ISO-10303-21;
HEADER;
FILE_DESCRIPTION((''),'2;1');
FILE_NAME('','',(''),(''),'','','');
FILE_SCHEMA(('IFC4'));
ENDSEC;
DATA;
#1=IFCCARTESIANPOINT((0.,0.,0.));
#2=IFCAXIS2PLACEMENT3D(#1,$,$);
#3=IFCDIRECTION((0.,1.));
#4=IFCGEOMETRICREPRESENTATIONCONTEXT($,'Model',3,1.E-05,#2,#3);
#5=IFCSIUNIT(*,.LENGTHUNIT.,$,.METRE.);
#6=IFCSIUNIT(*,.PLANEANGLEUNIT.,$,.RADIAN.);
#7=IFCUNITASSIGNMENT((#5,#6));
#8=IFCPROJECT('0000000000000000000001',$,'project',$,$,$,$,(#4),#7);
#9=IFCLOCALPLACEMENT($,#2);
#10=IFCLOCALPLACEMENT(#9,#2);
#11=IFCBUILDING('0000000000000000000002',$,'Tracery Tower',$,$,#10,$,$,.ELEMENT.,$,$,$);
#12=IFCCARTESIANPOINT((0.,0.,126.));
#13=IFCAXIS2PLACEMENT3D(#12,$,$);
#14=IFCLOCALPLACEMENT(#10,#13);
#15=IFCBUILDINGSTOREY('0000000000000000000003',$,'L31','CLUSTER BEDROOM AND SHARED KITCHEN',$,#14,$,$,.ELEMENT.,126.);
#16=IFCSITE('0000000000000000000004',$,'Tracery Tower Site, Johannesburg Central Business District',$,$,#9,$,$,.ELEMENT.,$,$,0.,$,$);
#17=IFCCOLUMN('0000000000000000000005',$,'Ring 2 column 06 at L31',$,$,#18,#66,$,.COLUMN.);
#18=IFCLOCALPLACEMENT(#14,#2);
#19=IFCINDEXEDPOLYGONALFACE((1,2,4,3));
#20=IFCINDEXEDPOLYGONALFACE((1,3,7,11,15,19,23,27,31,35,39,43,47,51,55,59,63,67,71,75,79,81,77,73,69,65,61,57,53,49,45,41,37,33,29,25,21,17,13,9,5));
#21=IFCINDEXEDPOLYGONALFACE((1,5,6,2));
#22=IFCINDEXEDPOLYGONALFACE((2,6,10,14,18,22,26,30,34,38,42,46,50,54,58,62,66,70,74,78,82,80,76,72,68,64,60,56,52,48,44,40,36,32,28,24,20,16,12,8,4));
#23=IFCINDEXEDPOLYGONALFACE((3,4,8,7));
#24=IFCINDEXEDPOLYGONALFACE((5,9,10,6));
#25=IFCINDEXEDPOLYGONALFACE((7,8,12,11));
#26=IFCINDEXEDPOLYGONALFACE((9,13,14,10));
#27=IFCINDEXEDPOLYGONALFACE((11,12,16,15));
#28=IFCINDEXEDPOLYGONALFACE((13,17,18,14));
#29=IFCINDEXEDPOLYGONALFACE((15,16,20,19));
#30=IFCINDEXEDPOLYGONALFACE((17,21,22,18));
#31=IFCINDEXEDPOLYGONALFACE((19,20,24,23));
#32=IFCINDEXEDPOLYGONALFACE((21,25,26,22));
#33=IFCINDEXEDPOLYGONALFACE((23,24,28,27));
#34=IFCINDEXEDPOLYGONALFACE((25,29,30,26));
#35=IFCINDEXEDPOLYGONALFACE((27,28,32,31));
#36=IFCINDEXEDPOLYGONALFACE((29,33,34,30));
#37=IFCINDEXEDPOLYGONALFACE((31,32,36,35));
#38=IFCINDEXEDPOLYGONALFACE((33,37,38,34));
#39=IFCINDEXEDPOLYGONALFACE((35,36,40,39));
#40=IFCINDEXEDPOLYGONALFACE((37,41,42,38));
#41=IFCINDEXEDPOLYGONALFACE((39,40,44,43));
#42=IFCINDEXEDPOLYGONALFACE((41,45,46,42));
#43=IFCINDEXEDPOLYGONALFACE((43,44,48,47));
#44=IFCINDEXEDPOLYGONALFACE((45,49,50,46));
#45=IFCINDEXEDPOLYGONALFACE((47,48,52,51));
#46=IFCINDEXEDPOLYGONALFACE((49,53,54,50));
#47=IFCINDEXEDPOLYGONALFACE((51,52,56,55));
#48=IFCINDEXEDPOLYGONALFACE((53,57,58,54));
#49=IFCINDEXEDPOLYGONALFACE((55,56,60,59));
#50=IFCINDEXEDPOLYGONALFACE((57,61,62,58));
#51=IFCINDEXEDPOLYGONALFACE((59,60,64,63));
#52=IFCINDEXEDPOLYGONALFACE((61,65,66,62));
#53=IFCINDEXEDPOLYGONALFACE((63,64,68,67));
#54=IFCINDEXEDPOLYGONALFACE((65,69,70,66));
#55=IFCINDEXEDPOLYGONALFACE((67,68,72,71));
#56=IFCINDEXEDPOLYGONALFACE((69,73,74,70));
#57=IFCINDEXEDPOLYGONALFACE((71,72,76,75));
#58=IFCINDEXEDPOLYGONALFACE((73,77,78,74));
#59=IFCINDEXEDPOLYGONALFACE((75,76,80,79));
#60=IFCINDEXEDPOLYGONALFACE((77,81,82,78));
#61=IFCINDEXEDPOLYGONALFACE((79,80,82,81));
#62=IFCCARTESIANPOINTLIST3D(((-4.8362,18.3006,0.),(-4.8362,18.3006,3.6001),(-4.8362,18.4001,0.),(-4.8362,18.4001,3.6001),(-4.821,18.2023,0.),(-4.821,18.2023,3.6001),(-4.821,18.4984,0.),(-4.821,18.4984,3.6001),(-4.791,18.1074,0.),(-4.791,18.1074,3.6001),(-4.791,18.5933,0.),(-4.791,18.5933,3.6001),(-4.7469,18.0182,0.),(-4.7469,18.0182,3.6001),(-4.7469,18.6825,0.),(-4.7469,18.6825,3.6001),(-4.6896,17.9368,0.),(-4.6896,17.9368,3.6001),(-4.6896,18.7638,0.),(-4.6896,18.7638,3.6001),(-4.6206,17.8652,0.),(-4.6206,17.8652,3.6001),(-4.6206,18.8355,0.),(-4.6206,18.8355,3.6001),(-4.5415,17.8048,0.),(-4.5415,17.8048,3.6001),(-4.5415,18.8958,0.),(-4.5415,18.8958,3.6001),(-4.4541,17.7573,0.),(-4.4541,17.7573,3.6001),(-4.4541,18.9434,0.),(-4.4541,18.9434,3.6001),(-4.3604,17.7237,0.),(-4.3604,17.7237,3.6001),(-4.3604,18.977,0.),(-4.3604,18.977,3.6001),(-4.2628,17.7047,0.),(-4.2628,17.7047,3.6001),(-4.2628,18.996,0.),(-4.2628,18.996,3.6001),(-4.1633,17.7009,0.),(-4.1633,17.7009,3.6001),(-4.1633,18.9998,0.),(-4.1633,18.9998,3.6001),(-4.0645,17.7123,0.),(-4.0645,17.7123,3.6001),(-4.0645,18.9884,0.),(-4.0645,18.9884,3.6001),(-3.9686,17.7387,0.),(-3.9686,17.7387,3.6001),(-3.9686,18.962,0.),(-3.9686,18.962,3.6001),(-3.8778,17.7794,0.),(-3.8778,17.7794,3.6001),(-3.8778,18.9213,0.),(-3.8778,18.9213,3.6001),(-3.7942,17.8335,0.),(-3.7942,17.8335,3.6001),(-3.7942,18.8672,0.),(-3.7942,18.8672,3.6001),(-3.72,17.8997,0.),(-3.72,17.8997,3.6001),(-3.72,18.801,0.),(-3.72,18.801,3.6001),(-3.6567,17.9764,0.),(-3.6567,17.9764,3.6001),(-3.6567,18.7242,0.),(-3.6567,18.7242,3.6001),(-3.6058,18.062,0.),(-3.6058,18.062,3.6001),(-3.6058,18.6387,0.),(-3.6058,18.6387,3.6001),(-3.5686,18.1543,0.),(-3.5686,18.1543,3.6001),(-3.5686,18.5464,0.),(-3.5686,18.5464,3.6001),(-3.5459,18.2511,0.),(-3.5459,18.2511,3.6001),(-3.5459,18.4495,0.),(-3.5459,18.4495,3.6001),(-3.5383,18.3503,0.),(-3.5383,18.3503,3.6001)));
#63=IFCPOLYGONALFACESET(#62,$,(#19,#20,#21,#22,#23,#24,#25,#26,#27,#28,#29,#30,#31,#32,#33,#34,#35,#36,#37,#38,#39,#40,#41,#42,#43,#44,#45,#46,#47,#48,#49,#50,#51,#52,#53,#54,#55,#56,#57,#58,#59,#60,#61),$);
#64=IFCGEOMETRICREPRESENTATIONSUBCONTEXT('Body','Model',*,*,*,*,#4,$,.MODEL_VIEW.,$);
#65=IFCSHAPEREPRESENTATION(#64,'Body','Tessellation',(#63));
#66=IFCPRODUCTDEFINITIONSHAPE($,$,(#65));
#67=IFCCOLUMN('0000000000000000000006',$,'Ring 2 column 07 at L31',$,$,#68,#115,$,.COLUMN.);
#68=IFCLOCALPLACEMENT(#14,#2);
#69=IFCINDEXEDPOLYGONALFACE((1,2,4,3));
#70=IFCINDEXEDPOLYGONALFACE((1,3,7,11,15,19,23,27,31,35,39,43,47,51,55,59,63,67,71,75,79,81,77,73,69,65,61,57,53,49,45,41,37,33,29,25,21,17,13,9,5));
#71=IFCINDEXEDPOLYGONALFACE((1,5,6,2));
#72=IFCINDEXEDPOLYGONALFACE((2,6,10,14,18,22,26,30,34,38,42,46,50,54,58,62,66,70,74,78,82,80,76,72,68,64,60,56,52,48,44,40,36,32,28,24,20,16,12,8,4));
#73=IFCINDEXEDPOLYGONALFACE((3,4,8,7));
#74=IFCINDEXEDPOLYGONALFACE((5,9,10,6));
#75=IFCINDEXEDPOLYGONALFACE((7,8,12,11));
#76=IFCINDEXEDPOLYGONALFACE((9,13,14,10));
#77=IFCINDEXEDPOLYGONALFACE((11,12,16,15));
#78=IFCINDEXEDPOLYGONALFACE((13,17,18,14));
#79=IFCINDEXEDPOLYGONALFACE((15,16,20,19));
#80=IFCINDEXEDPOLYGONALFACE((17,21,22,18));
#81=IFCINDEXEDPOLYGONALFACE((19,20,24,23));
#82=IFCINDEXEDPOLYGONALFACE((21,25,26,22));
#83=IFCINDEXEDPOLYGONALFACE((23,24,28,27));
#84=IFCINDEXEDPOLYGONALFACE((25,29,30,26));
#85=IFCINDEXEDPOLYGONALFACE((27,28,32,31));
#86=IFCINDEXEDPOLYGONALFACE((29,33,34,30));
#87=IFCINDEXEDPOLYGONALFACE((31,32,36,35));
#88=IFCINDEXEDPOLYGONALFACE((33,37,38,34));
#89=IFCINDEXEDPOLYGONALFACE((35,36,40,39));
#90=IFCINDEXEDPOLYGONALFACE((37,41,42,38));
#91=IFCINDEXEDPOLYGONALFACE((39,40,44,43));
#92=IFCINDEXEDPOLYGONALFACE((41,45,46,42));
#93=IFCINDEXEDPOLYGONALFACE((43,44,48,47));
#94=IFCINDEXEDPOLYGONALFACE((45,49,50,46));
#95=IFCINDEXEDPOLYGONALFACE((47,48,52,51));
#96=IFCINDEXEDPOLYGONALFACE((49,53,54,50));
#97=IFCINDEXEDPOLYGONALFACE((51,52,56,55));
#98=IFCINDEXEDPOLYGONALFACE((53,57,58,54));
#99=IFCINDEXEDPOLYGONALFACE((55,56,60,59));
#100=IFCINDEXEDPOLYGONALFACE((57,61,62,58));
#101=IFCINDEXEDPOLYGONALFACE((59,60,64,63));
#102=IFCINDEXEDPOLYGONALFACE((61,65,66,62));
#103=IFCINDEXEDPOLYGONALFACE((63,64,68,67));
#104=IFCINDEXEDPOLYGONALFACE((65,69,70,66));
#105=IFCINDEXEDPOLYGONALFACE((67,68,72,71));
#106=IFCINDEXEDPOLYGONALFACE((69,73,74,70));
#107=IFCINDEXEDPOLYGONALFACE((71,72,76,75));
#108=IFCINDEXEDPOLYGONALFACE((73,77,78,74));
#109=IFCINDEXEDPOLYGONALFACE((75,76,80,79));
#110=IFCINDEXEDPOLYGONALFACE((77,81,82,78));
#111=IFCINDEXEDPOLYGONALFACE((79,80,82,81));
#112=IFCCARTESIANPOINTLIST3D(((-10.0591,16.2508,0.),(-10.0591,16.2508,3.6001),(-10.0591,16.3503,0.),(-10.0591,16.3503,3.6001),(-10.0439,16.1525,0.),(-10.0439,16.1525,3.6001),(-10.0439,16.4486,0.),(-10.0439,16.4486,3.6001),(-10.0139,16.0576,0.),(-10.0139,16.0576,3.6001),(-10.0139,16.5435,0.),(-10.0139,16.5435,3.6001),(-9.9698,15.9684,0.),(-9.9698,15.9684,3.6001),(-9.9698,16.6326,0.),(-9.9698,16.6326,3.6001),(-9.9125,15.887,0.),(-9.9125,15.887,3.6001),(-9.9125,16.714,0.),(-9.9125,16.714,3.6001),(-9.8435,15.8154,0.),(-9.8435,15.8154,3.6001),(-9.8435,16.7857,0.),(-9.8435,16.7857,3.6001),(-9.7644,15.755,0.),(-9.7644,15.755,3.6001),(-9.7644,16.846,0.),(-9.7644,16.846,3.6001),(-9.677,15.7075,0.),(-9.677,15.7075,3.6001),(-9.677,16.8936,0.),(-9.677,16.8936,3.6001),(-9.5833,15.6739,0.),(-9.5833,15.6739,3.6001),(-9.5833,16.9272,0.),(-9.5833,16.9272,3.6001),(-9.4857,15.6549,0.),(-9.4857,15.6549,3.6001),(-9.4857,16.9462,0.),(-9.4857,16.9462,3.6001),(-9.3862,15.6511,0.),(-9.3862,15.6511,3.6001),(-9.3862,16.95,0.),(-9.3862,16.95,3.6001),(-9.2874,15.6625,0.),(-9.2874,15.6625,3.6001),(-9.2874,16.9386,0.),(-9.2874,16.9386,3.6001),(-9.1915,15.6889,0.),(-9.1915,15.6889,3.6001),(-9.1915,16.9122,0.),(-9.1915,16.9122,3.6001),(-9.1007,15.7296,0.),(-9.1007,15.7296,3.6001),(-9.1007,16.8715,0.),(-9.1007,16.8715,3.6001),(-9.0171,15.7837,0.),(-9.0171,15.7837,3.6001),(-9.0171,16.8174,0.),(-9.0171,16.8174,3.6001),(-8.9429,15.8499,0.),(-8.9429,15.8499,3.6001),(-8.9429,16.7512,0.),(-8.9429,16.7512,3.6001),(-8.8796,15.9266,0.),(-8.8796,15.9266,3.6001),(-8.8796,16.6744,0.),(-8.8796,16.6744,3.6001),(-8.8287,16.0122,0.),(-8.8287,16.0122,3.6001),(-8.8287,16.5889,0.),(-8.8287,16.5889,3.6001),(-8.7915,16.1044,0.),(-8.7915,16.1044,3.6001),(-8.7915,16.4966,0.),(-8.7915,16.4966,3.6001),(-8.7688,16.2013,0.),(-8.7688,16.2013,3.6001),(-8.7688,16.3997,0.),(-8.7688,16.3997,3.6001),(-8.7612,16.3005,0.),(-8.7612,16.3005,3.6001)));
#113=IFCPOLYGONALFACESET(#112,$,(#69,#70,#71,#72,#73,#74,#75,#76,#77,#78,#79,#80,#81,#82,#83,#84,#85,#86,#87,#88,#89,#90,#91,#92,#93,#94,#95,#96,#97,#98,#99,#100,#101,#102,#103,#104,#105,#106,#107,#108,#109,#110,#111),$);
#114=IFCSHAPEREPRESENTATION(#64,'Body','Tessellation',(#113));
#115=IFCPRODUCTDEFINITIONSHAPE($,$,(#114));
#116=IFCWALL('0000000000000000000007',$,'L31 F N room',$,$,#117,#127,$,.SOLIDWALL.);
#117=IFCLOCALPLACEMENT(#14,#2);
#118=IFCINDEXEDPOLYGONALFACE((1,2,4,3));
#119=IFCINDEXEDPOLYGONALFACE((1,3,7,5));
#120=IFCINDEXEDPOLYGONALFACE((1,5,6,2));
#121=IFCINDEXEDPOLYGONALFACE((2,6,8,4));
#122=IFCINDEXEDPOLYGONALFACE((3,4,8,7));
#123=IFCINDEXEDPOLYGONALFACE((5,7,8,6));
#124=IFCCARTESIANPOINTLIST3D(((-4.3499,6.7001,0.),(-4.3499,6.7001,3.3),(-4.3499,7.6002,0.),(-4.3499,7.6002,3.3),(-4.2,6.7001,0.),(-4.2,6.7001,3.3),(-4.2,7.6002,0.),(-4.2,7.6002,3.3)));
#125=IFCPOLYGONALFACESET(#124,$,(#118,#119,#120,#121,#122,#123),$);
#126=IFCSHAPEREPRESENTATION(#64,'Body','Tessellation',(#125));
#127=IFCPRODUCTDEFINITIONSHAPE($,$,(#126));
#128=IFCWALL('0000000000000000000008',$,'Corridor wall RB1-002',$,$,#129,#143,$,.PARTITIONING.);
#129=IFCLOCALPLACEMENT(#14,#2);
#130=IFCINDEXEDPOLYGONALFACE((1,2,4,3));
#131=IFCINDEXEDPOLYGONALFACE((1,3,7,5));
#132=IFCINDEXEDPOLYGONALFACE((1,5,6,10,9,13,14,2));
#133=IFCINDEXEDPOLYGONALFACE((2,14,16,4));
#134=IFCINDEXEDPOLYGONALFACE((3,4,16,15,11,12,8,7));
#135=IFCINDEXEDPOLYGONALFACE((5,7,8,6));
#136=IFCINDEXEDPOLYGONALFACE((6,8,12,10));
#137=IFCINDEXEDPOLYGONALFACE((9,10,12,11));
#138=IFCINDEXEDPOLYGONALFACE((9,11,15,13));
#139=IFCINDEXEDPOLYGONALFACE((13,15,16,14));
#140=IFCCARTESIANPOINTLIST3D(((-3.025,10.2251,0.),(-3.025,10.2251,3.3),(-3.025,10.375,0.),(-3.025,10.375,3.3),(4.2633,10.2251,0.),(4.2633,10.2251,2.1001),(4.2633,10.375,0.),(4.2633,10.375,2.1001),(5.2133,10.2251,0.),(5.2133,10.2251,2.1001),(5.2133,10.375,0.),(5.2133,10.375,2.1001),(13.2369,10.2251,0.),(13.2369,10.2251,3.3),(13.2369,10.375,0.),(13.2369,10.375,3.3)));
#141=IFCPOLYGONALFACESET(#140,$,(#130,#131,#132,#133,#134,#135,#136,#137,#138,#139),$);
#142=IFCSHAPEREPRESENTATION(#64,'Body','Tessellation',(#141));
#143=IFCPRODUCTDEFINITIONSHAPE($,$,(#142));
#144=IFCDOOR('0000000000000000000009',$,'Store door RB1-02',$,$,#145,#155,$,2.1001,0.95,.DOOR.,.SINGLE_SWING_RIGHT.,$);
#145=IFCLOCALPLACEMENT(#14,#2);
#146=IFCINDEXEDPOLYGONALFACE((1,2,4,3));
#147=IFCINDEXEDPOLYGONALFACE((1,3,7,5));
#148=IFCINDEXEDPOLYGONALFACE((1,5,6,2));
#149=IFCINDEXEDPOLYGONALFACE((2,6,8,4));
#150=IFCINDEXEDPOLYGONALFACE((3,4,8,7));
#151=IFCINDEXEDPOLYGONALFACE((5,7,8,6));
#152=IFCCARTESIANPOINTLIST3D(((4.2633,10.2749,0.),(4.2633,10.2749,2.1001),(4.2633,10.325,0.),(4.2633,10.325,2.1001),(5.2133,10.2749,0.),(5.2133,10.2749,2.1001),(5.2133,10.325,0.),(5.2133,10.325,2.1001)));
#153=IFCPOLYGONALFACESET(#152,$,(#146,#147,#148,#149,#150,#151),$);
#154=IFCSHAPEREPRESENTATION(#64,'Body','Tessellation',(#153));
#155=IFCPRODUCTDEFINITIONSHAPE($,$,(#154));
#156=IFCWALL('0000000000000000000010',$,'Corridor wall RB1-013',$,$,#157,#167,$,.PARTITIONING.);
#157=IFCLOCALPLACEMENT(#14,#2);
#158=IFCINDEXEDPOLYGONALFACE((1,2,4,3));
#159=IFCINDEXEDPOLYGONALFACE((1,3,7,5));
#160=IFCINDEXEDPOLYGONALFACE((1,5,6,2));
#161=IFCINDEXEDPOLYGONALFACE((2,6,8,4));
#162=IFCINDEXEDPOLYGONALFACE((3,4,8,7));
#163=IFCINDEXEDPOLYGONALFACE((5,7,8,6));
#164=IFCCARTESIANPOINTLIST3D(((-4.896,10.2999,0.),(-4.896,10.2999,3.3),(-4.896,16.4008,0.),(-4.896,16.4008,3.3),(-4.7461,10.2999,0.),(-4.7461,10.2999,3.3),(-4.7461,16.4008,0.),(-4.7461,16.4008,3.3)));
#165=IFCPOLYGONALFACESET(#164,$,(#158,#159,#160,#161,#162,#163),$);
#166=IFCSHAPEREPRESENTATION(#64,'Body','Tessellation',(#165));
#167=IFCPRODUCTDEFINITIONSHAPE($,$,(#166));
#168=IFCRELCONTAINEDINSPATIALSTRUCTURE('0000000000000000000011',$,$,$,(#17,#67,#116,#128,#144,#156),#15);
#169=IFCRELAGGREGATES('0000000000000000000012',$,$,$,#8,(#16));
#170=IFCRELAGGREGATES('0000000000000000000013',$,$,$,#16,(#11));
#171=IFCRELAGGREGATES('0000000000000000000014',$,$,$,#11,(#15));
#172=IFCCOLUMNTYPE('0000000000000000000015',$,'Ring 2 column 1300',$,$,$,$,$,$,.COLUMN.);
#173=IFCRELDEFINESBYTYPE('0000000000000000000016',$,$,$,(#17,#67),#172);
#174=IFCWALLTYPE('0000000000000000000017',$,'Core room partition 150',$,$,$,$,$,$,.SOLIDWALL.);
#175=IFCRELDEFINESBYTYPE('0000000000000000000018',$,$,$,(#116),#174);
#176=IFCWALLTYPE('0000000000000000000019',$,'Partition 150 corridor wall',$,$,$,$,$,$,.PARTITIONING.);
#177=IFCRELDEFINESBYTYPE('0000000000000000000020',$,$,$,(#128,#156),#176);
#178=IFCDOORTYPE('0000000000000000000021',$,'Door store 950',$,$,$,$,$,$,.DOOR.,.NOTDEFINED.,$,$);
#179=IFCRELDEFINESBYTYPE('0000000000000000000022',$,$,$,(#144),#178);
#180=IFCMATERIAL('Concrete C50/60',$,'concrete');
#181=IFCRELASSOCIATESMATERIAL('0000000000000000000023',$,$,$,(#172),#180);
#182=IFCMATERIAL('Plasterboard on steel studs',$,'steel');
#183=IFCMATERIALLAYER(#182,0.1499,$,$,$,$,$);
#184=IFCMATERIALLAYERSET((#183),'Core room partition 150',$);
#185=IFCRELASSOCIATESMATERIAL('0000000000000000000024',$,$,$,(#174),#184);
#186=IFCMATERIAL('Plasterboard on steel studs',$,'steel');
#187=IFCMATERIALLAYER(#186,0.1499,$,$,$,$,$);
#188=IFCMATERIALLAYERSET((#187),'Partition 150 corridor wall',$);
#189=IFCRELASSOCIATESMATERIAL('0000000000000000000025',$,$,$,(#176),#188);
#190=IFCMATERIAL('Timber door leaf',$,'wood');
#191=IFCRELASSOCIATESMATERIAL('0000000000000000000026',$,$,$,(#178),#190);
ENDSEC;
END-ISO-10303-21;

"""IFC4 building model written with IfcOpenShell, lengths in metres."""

from ifc_helpers import new_model, si_unit, direction, frame, frame_2d, origin, origin_2d, place, context, subcontext, project, spatial, rectangle, circle, extrude, material, layer, layer_set, material_profile, profile_set, type_object, element, fill, save


model = new_model("IFC4")

# Units and contexts
model_context = context("Model", 3, precision=1e-05, world=origin(), true_north=direction((0.0, 1.0)))
body_context = subcontext(model_context, "Body", "Model", "MODEL_VIEW")
ifc_project = project(units=[si_unit("LENGTHUNIT", "METRE"), si_unit("PLANEANGLEUNIT", "RADIAN")], contexts=[model_context])

# Site, building, storey
site_placement = place(None, origin())
site = spatial("IfcSite", under=ifc_project, at=site_placement, Name="Tracery Tower Site, Johannesburg Central Business District", CompositionType="ELEMENT", RefElevation=0.0)
building_placement = place(site_placement, origin())
building = spatial("IfcBuilding", under=site, at=building_placement, Name="Tracery Tower", CompositionType="ELEMENT")
storey_placement = place(building_placement, frame((0.0, 0.0, 126.0)))
storey = spatial("IfcBuildingStorey", under=building, at=storey_placement, Name="L31", Description="CLUSTER BEDROOM AND SHARED KITCHEN", CompositionType="ELEMENT", Elevation=126.0)

# Columns
ifc_material_1 = material(Name="Concrete C50/60", Category="concrete")
ifc_material_profile = material_profile(ifc_material_1, circle(Radius=0.6499, at=origin_2d()), Name="RC D1300")
ifc_profile_set = profile_set([ifc_material_profile], Name="Concrete C50/60")
column_type = type_object("IfcColumnType", Name="Ring 2 column 1300", PredefinedType="COLUMN", material=ifc_profile_set)
for number, where, z_axis, x_axis, name in (
    (1, (-4.1882, 18.3503, 0.0), (0.0, 0.0, 1.0), (1.0, 0.0, 0.0), "Ring 2 column 06 at L31"),
    (2, (-9.4111, 16.3005, 0.0), (0.0, 0.0, 1.0), (1.0, 0.0, 0.0), "Ring 2 column 07 at L31"),
):
    element("IfcColumn", number, at=place(storey_placement, frame(where, z_axis=z_axis, x_axis=x_axis)), inside=storey, type_object=column_type, Name=name, PredefinedType="COLUMN", context=body_context, shape_type="SweptSolid", body=[
        extrude(circle(Radius=0.6499, at=origin_2d()), origin(), (0.0, 0.0, 1.0), 3.6001),
    ])

# Wall
ifc_material_2 = material(Name="Plasterboard on steel studs", Category="steel")
ifc_layer_1 = layer(ifc_material_2, 0.1499)
ifc_layer_set_1 = layer_set([ifc_layer_1], Name="Core room partition 150")
wall_type_1 = type_object("IfcWallType", Name="Core room partition 150", PredefinedType="SOLIDWALL", material=ifc_layer_set_1)
wall_1_placement = place(storey_placement, frame((-4.2749, 6.7, 0.0), z_axis=(0.0, 0.0, 1.0), x_axis=(0.0, 1.0, 0.0)))
element("IfcWall", 3, at=wall_1_placement, inside=storey, type_object=wall_type_1, Name="L31 F N room", PredefinedType="SOLIDWALL", context=body_context, shape_type="SweptSolid", body=[
    extrude(rectangle(XDim=0.9001, YDim=0.1499, at=frame_2d((0.4502, 0.0))), origin(), (0.0, 0.0, 1.0), 3.3),
])

# Wall, opening, door
ifc_material_3 = material(Name="Plasterboard on steel studs", Category="steel")
ifc_layer_2 = layer(ifc_material_3, 0.1499)
ifc_layer_set_2 = layer_set([ifc_layer_2], Name="Partition 150 corridor wall")
wall_type_2 = type_object("IfcWallType", Name="Partition 150 corridor wall", PredefinedType="PARTITIONING", material=ifc_layer_set_2)
wall_2_placement = place(storey_placement, frame((-3.0249, 10.3, 0.0), z_axis=(0.0, 0.0, 1.0), x_axis=(1.0, 0.0, 0.0)))
wall_2 = element("IfcWall", 4, at=wall_2_placement, inside=storey, type_object=wall_type_2, Name="Corridor wall RB1-002", PredefinedType="PARTITIONING", context=body_context, shape_type="SweptSolid", body=[
    extrude(rectangle(XDim=16.262, YDim=0.1499, at=frame_2d((8.1309, 0.0))), origin(), (0.0, 0.0, 1.0), 3.3),
])
opening_1_placement = place(wall_2_placement, frame((7.2881, 0.0, 0.0)))
opening_1 = element("IfcOpeningElement", 5, at=opening_1_placement, cuts=wall_2, PredefinedType="OPENING", context=body_context, shape_type="SweptSolid", body=[
    extrude(rectangle(XDim=0.95, YDim=2.1001, at=frame_2d((0.4751, 1.05))), frame((0.0, 0.075, 0.0), z_axis=(0.0, -1.0, 0.0), x_axis=(1.0, 0.0, 0.0)), (0.0, 0.0, 1.0), 0.1499),
])
ifc_material_4 = material(Name="Timber door leaf", Category="wood")
door_type_1 = type_object("IfcDoorType", Name="Door store 950", OperationType="NOTDEFINED", PredefinedType="DOOR", material=ifc_material_4)
door_1_placement = place(opening_1_placement, origin())
door_1 = element("IfcDoor", 6, at=door_1_placement, inside=storey, type_object=door_type_1, Name="Store door RB1-02", OperationType="SINGLE_SWING_RIGHT", OverallHeight=2.1001, OverallWidth=0.95, PredefinedType="DOOR", context=body_context, shape_type="SweptSolid", body=[
    extrude(rectangle(XDim=0.95, YDim=2.1001, at=frame_2d((0.4751, 1.05))), frame((0.0, 0.0249, 0.0), z_axis=(0.0, -1.0, 0.0), x_axis=(1.0, 0.0, 0.0)), (0.0, 0.0, 1.0), 0.05),
])
fill(opening_1, door_1)

# Wall
wall_3_placement = place(storey_placement, frame((-4.821, 10.3, 0.0), z_axis=(0.0, 0.0, 1.0), x_axis=(0.0, 1.0, 0.0)))
element("IfcWall", 7, at=wall_3_placement, inside=storey, type_object=wall_type_2, Name="Corridor wall RB1-013", PredefinedType="PARTITIONING", context=body_context, shape_type="SweptSolid", body=[
    extrude(rectangle(XDim=6.1008, YDim=0.1499, at=frame_2d((3.0503, 0.0))), origin(), (0.0, 0.0, 1.0), 3.3),
])

save(model, "model.ifc")
